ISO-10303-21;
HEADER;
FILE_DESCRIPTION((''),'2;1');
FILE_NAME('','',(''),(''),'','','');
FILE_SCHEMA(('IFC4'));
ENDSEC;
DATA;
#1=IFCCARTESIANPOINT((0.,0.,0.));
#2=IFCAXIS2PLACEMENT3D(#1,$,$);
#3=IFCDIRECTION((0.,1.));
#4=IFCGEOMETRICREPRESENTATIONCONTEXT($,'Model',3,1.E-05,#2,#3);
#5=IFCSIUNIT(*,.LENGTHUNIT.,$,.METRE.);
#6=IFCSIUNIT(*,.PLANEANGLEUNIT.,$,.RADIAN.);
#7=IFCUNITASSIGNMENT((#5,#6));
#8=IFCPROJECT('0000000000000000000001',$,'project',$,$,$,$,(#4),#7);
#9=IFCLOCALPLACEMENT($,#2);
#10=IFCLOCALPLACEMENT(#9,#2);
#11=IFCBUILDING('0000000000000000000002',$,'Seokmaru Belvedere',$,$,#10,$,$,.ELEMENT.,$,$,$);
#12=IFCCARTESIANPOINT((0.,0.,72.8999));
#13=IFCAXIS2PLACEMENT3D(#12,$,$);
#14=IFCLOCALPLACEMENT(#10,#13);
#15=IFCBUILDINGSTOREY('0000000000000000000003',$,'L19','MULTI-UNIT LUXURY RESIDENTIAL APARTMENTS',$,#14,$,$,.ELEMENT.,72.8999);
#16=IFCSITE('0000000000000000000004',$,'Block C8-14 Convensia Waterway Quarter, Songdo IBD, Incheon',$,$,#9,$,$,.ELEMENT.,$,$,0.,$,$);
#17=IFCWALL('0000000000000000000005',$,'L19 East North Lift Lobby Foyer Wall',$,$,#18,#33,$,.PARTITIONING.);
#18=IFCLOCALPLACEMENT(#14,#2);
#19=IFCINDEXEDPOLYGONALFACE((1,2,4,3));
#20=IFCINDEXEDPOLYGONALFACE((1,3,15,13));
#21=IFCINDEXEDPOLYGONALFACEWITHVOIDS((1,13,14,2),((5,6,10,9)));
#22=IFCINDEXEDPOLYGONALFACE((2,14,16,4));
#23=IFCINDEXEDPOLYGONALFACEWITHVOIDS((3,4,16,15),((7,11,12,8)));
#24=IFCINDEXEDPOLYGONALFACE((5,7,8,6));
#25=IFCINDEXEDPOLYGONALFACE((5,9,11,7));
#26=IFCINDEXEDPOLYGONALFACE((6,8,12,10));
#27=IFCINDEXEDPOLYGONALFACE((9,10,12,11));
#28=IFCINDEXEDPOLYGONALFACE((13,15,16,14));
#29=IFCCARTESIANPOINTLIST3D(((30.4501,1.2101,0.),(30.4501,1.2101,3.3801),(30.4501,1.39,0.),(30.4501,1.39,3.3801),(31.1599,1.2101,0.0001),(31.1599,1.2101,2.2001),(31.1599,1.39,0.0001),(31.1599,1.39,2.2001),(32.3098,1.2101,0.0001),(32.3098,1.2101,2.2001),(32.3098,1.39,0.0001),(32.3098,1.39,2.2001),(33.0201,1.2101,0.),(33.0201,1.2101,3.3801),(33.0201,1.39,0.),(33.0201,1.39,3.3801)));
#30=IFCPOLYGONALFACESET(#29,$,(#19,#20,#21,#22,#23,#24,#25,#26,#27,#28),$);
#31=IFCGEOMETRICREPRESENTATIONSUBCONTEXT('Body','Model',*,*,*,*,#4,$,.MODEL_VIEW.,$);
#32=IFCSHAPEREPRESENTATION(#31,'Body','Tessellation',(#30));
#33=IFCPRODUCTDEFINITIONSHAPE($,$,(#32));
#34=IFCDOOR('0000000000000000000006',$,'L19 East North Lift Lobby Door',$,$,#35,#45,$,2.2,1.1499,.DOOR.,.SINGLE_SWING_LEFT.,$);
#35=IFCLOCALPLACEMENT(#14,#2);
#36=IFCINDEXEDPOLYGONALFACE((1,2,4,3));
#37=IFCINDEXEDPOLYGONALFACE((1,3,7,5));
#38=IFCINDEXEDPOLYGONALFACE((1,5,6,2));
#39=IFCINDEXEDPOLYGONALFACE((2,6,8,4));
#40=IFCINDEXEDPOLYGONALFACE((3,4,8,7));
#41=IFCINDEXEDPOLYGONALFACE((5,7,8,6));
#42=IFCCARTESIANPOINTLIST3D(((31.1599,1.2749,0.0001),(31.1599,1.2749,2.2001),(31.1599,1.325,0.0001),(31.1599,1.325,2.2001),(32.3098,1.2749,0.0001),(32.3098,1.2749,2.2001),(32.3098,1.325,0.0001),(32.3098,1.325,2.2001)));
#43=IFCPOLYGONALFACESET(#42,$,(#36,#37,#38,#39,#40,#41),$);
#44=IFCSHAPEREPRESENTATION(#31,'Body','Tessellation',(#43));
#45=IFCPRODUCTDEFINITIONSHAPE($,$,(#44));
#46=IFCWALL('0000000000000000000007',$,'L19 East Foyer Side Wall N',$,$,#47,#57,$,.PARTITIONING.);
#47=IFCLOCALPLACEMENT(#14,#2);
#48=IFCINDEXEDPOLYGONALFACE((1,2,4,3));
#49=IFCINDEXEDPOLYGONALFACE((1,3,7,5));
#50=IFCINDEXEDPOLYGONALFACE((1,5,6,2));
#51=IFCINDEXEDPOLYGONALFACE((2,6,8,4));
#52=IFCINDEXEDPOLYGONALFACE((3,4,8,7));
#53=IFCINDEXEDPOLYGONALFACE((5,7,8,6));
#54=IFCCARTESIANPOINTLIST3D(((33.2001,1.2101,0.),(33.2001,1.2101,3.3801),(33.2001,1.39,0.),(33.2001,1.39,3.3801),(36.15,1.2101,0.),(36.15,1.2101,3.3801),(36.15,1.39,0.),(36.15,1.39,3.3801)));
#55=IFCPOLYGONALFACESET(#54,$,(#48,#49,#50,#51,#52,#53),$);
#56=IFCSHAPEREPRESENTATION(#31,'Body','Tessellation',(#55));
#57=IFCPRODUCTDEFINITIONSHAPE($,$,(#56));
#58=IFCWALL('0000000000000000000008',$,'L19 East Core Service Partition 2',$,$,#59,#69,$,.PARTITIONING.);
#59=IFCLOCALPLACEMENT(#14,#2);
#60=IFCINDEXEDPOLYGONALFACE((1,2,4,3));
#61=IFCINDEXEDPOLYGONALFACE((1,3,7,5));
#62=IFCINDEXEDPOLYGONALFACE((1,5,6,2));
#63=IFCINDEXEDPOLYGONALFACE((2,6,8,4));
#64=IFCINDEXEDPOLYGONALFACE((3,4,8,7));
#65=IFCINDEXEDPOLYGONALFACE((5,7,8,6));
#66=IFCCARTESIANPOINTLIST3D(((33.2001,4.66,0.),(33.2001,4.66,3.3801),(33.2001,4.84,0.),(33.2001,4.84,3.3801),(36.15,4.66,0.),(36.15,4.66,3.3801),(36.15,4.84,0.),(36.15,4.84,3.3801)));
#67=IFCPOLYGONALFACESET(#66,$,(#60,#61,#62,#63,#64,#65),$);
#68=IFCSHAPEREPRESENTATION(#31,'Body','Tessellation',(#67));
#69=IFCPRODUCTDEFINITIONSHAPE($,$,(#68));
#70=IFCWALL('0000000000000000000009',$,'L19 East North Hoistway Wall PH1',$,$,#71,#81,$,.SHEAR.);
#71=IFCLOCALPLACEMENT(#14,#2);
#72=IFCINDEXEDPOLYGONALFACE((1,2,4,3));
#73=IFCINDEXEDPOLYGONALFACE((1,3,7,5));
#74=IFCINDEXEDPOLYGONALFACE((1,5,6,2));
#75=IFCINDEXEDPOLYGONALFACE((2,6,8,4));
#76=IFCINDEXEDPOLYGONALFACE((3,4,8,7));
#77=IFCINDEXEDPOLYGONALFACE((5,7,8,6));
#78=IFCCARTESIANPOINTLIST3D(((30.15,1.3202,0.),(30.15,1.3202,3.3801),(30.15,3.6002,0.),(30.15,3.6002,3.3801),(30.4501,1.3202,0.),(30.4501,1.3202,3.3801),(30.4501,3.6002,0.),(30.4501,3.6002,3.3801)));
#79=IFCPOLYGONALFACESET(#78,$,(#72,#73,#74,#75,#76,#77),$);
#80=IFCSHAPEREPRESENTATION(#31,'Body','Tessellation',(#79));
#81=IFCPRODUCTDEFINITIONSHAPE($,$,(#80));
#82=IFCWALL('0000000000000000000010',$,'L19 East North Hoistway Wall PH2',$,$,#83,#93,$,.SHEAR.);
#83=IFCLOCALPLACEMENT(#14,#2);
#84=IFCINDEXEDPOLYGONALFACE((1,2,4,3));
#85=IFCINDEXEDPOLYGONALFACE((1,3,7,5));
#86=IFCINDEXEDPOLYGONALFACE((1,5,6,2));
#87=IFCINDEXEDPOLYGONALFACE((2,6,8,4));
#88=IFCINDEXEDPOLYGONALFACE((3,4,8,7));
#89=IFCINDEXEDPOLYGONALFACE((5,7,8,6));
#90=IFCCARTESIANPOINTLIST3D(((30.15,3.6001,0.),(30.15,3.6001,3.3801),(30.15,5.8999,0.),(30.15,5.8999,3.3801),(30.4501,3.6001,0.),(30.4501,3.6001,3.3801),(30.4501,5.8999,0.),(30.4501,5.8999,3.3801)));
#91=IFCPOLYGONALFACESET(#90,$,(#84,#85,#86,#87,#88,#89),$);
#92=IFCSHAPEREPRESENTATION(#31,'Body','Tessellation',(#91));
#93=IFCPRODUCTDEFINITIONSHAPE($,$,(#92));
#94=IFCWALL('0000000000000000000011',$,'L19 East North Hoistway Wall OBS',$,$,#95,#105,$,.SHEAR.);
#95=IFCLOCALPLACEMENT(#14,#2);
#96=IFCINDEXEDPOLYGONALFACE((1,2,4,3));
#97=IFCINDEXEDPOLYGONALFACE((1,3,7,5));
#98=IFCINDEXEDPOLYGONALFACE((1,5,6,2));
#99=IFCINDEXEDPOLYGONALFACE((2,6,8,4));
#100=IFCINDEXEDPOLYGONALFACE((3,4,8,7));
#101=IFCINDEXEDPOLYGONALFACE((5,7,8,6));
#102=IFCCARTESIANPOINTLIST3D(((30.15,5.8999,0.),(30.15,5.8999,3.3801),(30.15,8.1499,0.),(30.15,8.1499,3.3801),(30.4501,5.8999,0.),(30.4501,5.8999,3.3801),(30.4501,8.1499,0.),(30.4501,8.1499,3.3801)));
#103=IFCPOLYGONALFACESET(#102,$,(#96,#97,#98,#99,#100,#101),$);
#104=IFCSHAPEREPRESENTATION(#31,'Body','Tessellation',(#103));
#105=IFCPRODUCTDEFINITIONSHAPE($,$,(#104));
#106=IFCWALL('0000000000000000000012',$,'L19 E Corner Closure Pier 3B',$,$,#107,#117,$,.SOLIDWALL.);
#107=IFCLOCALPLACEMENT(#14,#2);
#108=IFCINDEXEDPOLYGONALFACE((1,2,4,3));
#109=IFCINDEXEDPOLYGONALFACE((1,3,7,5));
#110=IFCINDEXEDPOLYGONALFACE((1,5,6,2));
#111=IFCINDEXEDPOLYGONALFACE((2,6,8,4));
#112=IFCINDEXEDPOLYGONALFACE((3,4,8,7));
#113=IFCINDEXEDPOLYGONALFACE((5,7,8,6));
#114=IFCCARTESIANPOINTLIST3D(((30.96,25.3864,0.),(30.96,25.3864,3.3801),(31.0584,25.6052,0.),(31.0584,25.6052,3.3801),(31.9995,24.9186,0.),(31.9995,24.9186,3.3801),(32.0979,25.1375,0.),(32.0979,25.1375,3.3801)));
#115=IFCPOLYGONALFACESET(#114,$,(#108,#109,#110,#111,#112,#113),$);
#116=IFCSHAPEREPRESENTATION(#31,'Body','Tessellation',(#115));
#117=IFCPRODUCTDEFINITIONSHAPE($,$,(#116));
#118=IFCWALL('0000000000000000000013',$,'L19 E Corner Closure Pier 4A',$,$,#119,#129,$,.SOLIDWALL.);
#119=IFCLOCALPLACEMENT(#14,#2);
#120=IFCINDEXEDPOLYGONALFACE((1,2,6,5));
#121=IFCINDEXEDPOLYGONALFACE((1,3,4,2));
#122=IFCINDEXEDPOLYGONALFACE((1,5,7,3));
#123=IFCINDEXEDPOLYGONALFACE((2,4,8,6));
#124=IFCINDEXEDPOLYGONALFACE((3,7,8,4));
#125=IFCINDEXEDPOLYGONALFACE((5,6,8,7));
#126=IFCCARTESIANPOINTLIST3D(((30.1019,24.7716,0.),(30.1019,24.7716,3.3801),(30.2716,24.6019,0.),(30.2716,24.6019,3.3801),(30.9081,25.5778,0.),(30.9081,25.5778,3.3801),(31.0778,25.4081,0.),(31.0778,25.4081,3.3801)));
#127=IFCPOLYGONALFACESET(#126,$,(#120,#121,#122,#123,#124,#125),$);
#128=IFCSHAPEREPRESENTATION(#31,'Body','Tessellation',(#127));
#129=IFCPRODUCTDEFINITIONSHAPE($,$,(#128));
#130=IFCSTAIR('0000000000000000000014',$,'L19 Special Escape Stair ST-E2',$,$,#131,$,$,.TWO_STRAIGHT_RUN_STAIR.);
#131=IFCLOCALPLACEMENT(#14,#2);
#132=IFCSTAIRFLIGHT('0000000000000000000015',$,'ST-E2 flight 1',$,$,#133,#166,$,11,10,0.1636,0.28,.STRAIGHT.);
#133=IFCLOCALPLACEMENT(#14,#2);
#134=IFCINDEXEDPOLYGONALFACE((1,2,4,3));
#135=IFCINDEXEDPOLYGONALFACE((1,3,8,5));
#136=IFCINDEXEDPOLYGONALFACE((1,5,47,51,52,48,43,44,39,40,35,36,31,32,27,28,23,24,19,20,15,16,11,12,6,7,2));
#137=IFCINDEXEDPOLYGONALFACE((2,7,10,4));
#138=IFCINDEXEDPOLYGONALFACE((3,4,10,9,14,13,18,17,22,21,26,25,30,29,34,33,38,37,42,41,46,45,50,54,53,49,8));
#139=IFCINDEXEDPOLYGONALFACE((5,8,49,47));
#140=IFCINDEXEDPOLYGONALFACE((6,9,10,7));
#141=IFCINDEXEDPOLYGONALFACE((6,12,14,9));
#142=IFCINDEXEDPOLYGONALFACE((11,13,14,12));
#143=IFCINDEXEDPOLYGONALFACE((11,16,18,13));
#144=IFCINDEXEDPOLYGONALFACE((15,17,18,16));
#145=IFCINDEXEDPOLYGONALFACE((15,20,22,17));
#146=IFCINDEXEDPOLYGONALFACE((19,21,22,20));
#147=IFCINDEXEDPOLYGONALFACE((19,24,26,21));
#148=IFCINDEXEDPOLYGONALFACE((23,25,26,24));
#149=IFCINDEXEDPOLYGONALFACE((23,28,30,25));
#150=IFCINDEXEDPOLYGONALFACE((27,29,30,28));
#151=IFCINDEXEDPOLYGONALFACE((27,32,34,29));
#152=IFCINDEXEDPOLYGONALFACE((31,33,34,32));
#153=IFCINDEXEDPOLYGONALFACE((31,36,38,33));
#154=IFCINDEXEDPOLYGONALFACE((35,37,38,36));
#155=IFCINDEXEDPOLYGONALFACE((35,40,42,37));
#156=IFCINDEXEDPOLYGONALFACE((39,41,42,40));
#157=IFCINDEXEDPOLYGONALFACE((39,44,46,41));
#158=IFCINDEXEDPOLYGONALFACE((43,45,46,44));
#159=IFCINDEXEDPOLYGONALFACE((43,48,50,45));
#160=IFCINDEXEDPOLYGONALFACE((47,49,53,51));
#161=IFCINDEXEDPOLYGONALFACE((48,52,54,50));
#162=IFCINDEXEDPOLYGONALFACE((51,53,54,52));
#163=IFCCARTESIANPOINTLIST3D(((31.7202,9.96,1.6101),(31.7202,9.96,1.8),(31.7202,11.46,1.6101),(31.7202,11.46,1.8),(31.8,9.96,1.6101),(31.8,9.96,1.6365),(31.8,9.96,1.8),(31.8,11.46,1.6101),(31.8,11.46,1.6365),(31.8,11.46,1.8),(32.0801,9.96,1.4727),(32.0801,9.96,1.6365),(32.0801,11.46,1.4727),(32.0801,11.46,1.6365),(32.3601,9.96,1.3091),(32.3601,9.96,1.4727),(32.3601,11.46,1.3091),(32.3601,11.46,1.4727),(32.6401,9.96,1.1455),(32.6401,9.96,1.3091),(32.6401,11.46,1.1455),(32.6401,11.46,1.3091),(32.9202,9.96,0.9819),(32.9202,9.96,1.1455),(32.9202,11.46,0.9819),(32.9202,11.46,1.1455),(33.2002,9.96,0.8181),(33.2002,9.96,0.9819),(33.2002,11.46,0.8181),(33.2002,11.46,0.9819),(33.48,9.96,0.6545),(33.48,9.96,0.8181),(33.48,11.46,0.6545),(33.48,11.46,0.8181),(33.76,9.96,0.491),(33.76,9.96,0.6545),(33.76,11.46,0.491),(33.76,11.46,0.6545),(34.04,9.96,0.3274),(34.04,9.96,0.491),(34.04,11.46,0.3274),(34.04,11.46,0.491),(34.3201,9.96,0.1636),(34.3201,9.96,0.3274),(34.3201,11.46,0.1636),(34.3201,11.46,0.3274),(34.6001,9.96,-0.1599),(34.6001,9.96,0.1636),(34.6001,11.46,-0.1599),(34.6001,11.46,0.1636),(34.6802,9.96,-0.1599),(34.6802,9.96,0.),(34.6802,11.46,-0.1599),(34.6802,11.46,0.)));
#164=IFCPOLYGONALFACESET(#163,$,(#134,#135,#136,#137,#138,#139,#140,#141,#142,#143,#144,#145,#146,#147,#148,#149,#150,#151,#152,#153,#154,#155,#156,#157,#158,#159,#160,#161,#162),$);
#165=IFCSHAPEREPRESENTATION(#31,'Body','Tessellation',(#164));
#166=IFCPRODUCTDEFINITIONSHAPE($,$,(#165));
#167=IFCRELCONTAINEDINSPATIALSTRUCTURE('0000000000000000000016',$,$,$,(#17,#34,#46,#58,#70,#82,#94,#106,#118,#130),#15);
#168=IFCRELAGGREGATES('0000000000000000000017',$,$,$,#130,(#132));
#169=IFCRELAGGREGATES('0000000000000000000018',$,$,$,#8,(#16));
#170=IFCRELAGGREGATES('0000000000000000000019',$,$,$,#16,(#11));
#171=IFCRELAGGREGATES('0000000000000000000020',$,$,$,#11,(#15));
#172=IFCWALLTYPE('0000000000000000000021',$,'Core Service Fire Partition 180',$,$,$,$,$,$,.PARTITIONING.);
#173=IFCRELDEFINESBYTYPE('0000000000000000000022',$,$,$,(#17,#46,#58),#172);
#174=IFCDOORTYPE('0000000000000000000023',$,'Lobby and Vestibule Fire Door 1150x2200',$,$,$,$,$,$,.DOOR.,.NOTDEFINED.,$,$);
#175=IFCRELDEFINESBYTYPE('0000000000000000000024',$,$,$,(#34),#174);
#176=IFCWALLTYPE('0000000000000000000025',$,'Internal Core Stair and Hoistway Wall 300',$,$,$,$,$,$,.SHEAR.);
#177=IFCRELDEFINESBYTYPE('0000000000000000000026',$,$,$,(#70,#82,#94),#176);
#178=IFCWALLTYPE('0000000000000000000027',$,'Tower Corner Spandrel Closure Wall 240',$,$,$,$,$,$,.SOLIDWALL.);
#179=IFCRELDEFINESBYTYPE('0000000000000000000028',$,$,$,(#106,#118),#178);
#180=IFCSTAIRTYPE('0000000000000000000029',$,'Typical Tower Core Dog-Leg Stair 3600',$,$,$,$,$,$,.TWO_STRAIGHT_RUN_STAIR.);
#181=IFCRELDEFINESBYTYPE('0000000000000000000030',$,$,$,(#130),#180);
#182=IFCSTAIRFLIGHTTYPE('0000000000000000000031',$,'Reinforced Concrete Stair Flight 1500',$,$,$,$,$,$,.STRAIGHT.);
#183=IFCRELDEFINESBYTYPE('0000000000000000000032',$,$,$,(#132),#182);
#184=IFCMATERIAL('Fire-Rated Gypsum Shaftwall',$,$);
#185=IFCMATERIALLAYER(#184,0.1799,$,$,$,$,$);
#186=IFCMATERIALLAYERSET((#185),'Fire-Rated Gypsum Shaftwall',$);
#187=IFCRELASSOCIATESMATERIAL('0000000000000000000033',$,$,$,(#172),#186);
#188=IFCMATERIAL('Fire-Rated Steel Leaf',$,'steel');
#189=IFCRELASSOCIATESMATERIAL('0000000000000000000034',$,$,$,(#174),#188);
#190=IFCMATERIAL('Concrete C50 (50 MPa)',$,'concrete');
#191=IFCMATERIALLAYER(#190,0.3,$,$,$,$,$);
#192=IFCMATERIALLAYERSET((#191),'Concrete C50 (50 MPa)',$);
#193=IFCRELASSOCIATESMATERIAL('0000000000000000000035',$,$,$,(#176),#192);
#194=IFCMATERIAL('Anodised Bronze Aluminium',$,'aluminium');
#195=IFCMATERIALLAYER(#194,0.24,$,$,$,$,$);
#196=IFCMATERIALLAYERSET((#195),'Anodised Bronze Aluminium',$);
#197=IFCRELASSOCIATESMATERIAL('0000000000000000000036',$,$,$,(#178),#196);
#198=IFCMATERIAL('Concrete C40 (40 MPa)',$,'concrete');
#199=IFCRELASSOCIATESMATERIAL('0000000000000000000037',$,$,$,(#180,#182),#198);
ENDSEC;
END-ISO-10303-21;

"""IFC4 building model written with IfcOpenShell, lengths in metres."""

from ifc_helpers import new_model, si_unit, direction, frame, frame_2d, origin, place, context, subcontext, project, spatial, polyline, rectangle, outline, extrude, source, transform, mapped, material, layer, layer_set, type_object, type_shapes, element, fill, aggregate, save


model = new_model("IFC4")

# Units and contexts
model_context = context("Model", 3, precision=1e-05, world=origin(), true_north=direction((0.0, 1.0)))
body_context = subcontext(model_context, "Body", "Model", "MODEL_VIEW")
ifc_project = project(units=[si_unit("LENGTHUNIT", "METRE"), si_unit("PLANEANGLEUNIT", "RADIAN")], contexts=[model_context])

# Site, building, storey
site_placement = place(None, origin())
site = spatial("IfcSite", under=ifc_project, at=site_placement, Name="Block C8-14 Convensia Waterway Quarter, Songdo IBD, Incheon", CompositionType="ELEMENT", RefElevation=0.0)
building_placement = place(site_placement, origin())
building = spatial("IfcBuilding", under=site, at=building_placement, Name="Seokmaru Belvedere", CompositionType="ELEMENT")
storey_placement = place(building_placement, frame((0.0, 0.0, 72.8999)))
storey = spatial("IfcBuildingStorey", under=building, at=storey_placement, Name="L19", Description="MULTI-UNIT LUXURY RESIDENTIAL APARTMENTS", CompositionType="ELEMENT", Elevation=72.8999)

# Shared definitions
ifc_material_1 = material(Name="Anodised Bronze Aluminium", Category="aluminium")

# Shared definitions
ifc_material_2 = material(Name="Fire-Rated Gypsum Shaftwall")
ifc_layer_1 = layer(ifc_material_2, 0.1799)
ifc_layer_set_1 = layer_set([ifc_layer_1], Name="Fire-Rated Gypsum Shaftwall")
wall_type_1 = type_object("IfcWallType", Name="Core Service Fire Partition 180", PredefinedType="PARTITIONING", material=ifc_layer_set_1)

# Wall, opening, door
wall_1_placement = place(storey_placement, frame((30.45, 1.3, 0.0), z_axis=(0.0, 0.0, 1.0), x_axis=(1.0, 0.0, 0.0)))
wall_1 = element("IfcWall", 1, at=wall_1_placement, inside=storey, type_object=wall_type_1, Name="L19 East North Lift Lobby Foyer Wall", PredefinedType="PARTITIONING", context=body_context, shape_type="SweptSolid", body=[
    extrude(rectangle(XDim=2.5701, YDim=0.1799, at=frame_2d((1.2852, 0.0))), origin(), (0.0, 0.0, 1.0), 3.3801),
])
opening_1_placement = place(wall_1_placement, frame((0.71, 0.0, 0.0)))
opening_1 = element("IfcOpeningElement", 2, at=opening_1_placement, cuts=wall_1, PredefinedType="OPENING", context=body_context, shape_type="SweptSolid", body=[
    extrude(rectangle(XDim=1.1499, YDim=2.2, at=frame_2d((0.575, 1.1001))), frame((0.0, 0.1001, 0.0), z_axis=(0.0, -1.0, 0.0), x_axis=(1.0, 0.0, 0.0)), (0.0, 0.0, 1.0), 0.2),
])
ifc_material_3 = material(Name="Fire-Rated Steel Leaf", Category="steel")
door_type_1 = type_object("IfcDoorType", Name="Lobby and Vestibule Fire Door 1150x2200", OperationType="NOTDEFINED", PredefinedType="DOOR", material=ifc_material_3)
shared_shape_1 = source(origin(), body_context, "Body", "SweptSolid", [
    extrude(rectangle(XDim=1.1499, YDim=2.2, at=frame_2d((0.575, 1.1001))), frame((0.0, 0.0249, 0.0), z_axis=(0.0, -1.0, 0.0), x_axis=(1.0, 0.0, 0.0)), (0.0, 0.0, 1.0), 0.05),
])
type_shapes(door_type_1, [shared_shape_1])
door_1_placement = place(opening_1_placement, origin())
door_1 = element("IfcDoor", 3, at=door_1_placement, inside=storey, type_object=door_type_1, Name="L19 East North Lift Lobby Door", OperationType="SINGLE_SWING_LEFT", OverallHeight=2.2, OverallWidth=1.1499, PredefinedType="DOOR", context=body_context, shape_type="MappedRepresentation", body=[
    mapped(shared_shape_1, transform((0.0, 0.0, 0.0), scale=1.0)),
])
fill(opening_1, door_1)

# Walls
for number, where, z_axis, x_axis, name in (
    (4, (33.2, 1.3, 0.0), (0.0, 0.0, 1.0), (1.0, 0.0, 0.0), "L19 East Foyer Side Wall N"),
    (5, (33.2, 4.75, 0.0), (0.0, 0.0, 1.0), (1.0, 0.0, 0.0), "L19 East Core Service Partition 2"),
):
    element("IfcWall", number, at=place(storey_placement, frame(where, z_axis=z_axis, x_axis=x_axis)), inside=storey, type_object=wall_type_1, Name=name, PredefinedType="PARTITIONING", context=body_context, shape_type="SweptSolid", body=[
        extrude(rectangle(XDim=2.95, YDim=0.1799, at=frame_2d((1.4751, 0.0))), origin(), (0.0, 0.0, 1.0), 3.3801),
    ])
ifc_material_4 = material(Name="Concrete C50 (50 MPa)", Category="concrete")
ifc_layer_2 = layer(ifc_material_4, 0.3)
ifc_layer_set_2 = layer_set([ifc_layer_2], Name="Concrete C50 (50 MPa)")
wall_type_2 = type_object("IfcWallType", Name="Internal Core Stair and Hoistway Wall 300", PredefinedType="SHEAR", material=ifc_layer_set_2)
wall_2_placement = place(storey_placement, frame((30.3, 1.3201, 0.0), z_axis=(0.0, 0.0, 1.0), x_axis=(0.0, 1.0, 0.0)))
element("IfcWall", 6, at=wall_2_placement, inside=storey, type_object=wall_type_2, Name="L19 East North Hoistway Wall PH1", PredefinedType="SHEAR", context=body_context, shape_type="SweptSolid", body=[
    extrude(rectangle(XDim=2.28, YDim=0.3, at=frame_2d((1.1401, 0.0))), origin(), (0.0, 0.0, 1.0), 3.3801),
])
wall_3_placement = place(storey_placement, frame((30.3, 3.6001, 0.0), z_axis=(0.0, 0.0, 1.0), x_axis=(0.0, 1.0, 0.0)))
element("IfcWall", 7, at=wall_3_placement, inside=storey, type_object=wall_type_2, Name="L19 East North Hoistway Wall PH2", PredefinedType="SHEAR", context=body_context, shape_type="SweptSolid", body=[
    extrude(rectangle(XDim=2.2998, YDim=0.3, at=frame_2d((1.1499, 0.0))), origin(), (0.0, 0.0, 1.0), 3.3801),
])
wall_4_placement = place(storey_placement, frame((30.3, 5.8999, 0.0), z_axis=(0.0, 0.0, 1.0), x_axis=(0.0, 1.0, 0.0)))
element("IfcWall", 8, at=wall_4_placement, inside=storey, type_object=wall_type_2, Name="L19 East North Hoistway Wall OBS", PredefinedType="SHEAR", context=body_context, shape_type="SweptSolid", body=[
    extrude(rectangle(XDim=2.25, YDim=0.3, at=frame_2d((1.125, 0.0))), origin(), (0.0, 0.0, 1.0), 3.3801),
])

# Walls
ifc_layer_3 = layer(ifc_material_1, 0.24)
ifc_layer_set_3 = layer_set([ifc_layer_3], Name="Anodised Bronze Aluminium")
wall_type_3 = type_object("IfcWallType", Name="Tower Corner Spandrel Closure Wall 240", PredefinedType="SOLIDWALL", material=ifc_layer_set_3)
wall_5_placement = place(storey_placement, frame((32.0486, 25.0281, 0.0), z_axis=(0.0, 0.0, 1.0), x_axis=(-0.91193, 0.410347, 0.0)))
element("IfcWall", 9, at=wall_5_placement, inside=storey, type_object=wall_type_3, Name="L19 E Corner Closure Pier 3B", PredefinedType="SOLIDWALL", context=body_context, shape_type="SweptSolid", body=[
    extrude(rectangle(XDim=1.1399, YDim=0.24, at=frame_2d((0.5698, 0.0))), origin(), (0.0, 0.0, 1.0), 3.3801),
])
wall_6_placement = place(storey_placement, frame((30.9929, 25.4929, 0.0), z_axis=(0.0, 0.0, 1.0), x_axis=(-0.707107, -0.707107, 0.0)))
element("IfcWall", 10, at=wall_6_placement, inside=storey, type_object=wall_type_3, Name="L19 E Corner Closure Pier 4A", PredefinedType="SOLIDWALL", context=body_context, shape_type="SweptSolid", body=[
    extrude(rectangle(XDim=1.1401, YDim=0.24, at=frame_2d((0.5701, 0.0))), origin(), (0.0, 0.0, 1.0), 3.3801),
])

# Stair, stair flight
ifc_material_5 = material(Name="Concrete C40 (40 MPa)", Category="concrete")
stair_type = type_object("IfcStairType", Name="Typical Tower Core Dog-Leg Stair 3600", PredefinedType="TWO_STRAIGHT_RUN_STAIR", material=ifc_material_5)
stair_placement = place(storey_placement, origin())
stair = element("IfcStair", 11, at=stair_placement, inside=storey, type_object=stair_type, Name="L19 Special Escape Stair ST-E2", PredefinedType="TWO_STRAIGHT_RUN_STAIR")
stair_flight_type = type_object("IfcStairFlightType", Name="Reinforced Concrete Stair Flight 1500", PredefinedType="STRAIGHT", material=ifc_material_5)
stair_flight_1_placement = place(storey_placement, frame((34.6001, 10.71, 0.0), z_axis=(0.0, 0.0, 1.0), x_axis=(-1.0, 0.0, 0.0)))
stair_flight_1 = element("IfcStairFlight", 12, at=stair_flight_1_placement, type_object=stair_flight_type, Name="ST-E2 flight 1", NumberOfRisers=11, NumberOfTreads=10, PredefinedType="STRAIGHT", RiserHeight=0.1636, TreadLength=0.28, context=body_context, shape_type="SweptSolid", body=[
    extrude(outline(polyline([(-0.0801, 0.0), (0.0, 0.1636), (0.28, 0.1636), (0.28, 0.3274), (0.5601, 0.3274), (0.5601, 0.491), (0.8401, 0.491), (0.8401, 0.6545), (1.1201, 0.6545), (1.1201, 0.8181), (1.3999, 0.8181), (1.3999, 0.9819), (1.6799, 0.9819), (1.6799, 1.1455), (1.96, 1.1455), (1.96, 1.3091), (2.24, 1.3091), (2.24, 1.4727), (2.52, 1.4727), (2.52, 1.6365), (2.8, 1.6365), (2.8, 1.8), (2.8799, 1.8), (2.8799, 1.6101), (2.8, 1.6101), (0.0, -0.1599), (-0.0801, -0.1599), (-0.0801, 0.0)])), frame((0.0, 0.75, 0.0), z_axis=(0.0, -1.0, 0.0), x_axis=(1.0, 0.0, 0.0)), (0.0, 0.0, 1.0), 1.5),
])
aggregate(stair, [stair_flight_1])

save(model, "model.ifc")
